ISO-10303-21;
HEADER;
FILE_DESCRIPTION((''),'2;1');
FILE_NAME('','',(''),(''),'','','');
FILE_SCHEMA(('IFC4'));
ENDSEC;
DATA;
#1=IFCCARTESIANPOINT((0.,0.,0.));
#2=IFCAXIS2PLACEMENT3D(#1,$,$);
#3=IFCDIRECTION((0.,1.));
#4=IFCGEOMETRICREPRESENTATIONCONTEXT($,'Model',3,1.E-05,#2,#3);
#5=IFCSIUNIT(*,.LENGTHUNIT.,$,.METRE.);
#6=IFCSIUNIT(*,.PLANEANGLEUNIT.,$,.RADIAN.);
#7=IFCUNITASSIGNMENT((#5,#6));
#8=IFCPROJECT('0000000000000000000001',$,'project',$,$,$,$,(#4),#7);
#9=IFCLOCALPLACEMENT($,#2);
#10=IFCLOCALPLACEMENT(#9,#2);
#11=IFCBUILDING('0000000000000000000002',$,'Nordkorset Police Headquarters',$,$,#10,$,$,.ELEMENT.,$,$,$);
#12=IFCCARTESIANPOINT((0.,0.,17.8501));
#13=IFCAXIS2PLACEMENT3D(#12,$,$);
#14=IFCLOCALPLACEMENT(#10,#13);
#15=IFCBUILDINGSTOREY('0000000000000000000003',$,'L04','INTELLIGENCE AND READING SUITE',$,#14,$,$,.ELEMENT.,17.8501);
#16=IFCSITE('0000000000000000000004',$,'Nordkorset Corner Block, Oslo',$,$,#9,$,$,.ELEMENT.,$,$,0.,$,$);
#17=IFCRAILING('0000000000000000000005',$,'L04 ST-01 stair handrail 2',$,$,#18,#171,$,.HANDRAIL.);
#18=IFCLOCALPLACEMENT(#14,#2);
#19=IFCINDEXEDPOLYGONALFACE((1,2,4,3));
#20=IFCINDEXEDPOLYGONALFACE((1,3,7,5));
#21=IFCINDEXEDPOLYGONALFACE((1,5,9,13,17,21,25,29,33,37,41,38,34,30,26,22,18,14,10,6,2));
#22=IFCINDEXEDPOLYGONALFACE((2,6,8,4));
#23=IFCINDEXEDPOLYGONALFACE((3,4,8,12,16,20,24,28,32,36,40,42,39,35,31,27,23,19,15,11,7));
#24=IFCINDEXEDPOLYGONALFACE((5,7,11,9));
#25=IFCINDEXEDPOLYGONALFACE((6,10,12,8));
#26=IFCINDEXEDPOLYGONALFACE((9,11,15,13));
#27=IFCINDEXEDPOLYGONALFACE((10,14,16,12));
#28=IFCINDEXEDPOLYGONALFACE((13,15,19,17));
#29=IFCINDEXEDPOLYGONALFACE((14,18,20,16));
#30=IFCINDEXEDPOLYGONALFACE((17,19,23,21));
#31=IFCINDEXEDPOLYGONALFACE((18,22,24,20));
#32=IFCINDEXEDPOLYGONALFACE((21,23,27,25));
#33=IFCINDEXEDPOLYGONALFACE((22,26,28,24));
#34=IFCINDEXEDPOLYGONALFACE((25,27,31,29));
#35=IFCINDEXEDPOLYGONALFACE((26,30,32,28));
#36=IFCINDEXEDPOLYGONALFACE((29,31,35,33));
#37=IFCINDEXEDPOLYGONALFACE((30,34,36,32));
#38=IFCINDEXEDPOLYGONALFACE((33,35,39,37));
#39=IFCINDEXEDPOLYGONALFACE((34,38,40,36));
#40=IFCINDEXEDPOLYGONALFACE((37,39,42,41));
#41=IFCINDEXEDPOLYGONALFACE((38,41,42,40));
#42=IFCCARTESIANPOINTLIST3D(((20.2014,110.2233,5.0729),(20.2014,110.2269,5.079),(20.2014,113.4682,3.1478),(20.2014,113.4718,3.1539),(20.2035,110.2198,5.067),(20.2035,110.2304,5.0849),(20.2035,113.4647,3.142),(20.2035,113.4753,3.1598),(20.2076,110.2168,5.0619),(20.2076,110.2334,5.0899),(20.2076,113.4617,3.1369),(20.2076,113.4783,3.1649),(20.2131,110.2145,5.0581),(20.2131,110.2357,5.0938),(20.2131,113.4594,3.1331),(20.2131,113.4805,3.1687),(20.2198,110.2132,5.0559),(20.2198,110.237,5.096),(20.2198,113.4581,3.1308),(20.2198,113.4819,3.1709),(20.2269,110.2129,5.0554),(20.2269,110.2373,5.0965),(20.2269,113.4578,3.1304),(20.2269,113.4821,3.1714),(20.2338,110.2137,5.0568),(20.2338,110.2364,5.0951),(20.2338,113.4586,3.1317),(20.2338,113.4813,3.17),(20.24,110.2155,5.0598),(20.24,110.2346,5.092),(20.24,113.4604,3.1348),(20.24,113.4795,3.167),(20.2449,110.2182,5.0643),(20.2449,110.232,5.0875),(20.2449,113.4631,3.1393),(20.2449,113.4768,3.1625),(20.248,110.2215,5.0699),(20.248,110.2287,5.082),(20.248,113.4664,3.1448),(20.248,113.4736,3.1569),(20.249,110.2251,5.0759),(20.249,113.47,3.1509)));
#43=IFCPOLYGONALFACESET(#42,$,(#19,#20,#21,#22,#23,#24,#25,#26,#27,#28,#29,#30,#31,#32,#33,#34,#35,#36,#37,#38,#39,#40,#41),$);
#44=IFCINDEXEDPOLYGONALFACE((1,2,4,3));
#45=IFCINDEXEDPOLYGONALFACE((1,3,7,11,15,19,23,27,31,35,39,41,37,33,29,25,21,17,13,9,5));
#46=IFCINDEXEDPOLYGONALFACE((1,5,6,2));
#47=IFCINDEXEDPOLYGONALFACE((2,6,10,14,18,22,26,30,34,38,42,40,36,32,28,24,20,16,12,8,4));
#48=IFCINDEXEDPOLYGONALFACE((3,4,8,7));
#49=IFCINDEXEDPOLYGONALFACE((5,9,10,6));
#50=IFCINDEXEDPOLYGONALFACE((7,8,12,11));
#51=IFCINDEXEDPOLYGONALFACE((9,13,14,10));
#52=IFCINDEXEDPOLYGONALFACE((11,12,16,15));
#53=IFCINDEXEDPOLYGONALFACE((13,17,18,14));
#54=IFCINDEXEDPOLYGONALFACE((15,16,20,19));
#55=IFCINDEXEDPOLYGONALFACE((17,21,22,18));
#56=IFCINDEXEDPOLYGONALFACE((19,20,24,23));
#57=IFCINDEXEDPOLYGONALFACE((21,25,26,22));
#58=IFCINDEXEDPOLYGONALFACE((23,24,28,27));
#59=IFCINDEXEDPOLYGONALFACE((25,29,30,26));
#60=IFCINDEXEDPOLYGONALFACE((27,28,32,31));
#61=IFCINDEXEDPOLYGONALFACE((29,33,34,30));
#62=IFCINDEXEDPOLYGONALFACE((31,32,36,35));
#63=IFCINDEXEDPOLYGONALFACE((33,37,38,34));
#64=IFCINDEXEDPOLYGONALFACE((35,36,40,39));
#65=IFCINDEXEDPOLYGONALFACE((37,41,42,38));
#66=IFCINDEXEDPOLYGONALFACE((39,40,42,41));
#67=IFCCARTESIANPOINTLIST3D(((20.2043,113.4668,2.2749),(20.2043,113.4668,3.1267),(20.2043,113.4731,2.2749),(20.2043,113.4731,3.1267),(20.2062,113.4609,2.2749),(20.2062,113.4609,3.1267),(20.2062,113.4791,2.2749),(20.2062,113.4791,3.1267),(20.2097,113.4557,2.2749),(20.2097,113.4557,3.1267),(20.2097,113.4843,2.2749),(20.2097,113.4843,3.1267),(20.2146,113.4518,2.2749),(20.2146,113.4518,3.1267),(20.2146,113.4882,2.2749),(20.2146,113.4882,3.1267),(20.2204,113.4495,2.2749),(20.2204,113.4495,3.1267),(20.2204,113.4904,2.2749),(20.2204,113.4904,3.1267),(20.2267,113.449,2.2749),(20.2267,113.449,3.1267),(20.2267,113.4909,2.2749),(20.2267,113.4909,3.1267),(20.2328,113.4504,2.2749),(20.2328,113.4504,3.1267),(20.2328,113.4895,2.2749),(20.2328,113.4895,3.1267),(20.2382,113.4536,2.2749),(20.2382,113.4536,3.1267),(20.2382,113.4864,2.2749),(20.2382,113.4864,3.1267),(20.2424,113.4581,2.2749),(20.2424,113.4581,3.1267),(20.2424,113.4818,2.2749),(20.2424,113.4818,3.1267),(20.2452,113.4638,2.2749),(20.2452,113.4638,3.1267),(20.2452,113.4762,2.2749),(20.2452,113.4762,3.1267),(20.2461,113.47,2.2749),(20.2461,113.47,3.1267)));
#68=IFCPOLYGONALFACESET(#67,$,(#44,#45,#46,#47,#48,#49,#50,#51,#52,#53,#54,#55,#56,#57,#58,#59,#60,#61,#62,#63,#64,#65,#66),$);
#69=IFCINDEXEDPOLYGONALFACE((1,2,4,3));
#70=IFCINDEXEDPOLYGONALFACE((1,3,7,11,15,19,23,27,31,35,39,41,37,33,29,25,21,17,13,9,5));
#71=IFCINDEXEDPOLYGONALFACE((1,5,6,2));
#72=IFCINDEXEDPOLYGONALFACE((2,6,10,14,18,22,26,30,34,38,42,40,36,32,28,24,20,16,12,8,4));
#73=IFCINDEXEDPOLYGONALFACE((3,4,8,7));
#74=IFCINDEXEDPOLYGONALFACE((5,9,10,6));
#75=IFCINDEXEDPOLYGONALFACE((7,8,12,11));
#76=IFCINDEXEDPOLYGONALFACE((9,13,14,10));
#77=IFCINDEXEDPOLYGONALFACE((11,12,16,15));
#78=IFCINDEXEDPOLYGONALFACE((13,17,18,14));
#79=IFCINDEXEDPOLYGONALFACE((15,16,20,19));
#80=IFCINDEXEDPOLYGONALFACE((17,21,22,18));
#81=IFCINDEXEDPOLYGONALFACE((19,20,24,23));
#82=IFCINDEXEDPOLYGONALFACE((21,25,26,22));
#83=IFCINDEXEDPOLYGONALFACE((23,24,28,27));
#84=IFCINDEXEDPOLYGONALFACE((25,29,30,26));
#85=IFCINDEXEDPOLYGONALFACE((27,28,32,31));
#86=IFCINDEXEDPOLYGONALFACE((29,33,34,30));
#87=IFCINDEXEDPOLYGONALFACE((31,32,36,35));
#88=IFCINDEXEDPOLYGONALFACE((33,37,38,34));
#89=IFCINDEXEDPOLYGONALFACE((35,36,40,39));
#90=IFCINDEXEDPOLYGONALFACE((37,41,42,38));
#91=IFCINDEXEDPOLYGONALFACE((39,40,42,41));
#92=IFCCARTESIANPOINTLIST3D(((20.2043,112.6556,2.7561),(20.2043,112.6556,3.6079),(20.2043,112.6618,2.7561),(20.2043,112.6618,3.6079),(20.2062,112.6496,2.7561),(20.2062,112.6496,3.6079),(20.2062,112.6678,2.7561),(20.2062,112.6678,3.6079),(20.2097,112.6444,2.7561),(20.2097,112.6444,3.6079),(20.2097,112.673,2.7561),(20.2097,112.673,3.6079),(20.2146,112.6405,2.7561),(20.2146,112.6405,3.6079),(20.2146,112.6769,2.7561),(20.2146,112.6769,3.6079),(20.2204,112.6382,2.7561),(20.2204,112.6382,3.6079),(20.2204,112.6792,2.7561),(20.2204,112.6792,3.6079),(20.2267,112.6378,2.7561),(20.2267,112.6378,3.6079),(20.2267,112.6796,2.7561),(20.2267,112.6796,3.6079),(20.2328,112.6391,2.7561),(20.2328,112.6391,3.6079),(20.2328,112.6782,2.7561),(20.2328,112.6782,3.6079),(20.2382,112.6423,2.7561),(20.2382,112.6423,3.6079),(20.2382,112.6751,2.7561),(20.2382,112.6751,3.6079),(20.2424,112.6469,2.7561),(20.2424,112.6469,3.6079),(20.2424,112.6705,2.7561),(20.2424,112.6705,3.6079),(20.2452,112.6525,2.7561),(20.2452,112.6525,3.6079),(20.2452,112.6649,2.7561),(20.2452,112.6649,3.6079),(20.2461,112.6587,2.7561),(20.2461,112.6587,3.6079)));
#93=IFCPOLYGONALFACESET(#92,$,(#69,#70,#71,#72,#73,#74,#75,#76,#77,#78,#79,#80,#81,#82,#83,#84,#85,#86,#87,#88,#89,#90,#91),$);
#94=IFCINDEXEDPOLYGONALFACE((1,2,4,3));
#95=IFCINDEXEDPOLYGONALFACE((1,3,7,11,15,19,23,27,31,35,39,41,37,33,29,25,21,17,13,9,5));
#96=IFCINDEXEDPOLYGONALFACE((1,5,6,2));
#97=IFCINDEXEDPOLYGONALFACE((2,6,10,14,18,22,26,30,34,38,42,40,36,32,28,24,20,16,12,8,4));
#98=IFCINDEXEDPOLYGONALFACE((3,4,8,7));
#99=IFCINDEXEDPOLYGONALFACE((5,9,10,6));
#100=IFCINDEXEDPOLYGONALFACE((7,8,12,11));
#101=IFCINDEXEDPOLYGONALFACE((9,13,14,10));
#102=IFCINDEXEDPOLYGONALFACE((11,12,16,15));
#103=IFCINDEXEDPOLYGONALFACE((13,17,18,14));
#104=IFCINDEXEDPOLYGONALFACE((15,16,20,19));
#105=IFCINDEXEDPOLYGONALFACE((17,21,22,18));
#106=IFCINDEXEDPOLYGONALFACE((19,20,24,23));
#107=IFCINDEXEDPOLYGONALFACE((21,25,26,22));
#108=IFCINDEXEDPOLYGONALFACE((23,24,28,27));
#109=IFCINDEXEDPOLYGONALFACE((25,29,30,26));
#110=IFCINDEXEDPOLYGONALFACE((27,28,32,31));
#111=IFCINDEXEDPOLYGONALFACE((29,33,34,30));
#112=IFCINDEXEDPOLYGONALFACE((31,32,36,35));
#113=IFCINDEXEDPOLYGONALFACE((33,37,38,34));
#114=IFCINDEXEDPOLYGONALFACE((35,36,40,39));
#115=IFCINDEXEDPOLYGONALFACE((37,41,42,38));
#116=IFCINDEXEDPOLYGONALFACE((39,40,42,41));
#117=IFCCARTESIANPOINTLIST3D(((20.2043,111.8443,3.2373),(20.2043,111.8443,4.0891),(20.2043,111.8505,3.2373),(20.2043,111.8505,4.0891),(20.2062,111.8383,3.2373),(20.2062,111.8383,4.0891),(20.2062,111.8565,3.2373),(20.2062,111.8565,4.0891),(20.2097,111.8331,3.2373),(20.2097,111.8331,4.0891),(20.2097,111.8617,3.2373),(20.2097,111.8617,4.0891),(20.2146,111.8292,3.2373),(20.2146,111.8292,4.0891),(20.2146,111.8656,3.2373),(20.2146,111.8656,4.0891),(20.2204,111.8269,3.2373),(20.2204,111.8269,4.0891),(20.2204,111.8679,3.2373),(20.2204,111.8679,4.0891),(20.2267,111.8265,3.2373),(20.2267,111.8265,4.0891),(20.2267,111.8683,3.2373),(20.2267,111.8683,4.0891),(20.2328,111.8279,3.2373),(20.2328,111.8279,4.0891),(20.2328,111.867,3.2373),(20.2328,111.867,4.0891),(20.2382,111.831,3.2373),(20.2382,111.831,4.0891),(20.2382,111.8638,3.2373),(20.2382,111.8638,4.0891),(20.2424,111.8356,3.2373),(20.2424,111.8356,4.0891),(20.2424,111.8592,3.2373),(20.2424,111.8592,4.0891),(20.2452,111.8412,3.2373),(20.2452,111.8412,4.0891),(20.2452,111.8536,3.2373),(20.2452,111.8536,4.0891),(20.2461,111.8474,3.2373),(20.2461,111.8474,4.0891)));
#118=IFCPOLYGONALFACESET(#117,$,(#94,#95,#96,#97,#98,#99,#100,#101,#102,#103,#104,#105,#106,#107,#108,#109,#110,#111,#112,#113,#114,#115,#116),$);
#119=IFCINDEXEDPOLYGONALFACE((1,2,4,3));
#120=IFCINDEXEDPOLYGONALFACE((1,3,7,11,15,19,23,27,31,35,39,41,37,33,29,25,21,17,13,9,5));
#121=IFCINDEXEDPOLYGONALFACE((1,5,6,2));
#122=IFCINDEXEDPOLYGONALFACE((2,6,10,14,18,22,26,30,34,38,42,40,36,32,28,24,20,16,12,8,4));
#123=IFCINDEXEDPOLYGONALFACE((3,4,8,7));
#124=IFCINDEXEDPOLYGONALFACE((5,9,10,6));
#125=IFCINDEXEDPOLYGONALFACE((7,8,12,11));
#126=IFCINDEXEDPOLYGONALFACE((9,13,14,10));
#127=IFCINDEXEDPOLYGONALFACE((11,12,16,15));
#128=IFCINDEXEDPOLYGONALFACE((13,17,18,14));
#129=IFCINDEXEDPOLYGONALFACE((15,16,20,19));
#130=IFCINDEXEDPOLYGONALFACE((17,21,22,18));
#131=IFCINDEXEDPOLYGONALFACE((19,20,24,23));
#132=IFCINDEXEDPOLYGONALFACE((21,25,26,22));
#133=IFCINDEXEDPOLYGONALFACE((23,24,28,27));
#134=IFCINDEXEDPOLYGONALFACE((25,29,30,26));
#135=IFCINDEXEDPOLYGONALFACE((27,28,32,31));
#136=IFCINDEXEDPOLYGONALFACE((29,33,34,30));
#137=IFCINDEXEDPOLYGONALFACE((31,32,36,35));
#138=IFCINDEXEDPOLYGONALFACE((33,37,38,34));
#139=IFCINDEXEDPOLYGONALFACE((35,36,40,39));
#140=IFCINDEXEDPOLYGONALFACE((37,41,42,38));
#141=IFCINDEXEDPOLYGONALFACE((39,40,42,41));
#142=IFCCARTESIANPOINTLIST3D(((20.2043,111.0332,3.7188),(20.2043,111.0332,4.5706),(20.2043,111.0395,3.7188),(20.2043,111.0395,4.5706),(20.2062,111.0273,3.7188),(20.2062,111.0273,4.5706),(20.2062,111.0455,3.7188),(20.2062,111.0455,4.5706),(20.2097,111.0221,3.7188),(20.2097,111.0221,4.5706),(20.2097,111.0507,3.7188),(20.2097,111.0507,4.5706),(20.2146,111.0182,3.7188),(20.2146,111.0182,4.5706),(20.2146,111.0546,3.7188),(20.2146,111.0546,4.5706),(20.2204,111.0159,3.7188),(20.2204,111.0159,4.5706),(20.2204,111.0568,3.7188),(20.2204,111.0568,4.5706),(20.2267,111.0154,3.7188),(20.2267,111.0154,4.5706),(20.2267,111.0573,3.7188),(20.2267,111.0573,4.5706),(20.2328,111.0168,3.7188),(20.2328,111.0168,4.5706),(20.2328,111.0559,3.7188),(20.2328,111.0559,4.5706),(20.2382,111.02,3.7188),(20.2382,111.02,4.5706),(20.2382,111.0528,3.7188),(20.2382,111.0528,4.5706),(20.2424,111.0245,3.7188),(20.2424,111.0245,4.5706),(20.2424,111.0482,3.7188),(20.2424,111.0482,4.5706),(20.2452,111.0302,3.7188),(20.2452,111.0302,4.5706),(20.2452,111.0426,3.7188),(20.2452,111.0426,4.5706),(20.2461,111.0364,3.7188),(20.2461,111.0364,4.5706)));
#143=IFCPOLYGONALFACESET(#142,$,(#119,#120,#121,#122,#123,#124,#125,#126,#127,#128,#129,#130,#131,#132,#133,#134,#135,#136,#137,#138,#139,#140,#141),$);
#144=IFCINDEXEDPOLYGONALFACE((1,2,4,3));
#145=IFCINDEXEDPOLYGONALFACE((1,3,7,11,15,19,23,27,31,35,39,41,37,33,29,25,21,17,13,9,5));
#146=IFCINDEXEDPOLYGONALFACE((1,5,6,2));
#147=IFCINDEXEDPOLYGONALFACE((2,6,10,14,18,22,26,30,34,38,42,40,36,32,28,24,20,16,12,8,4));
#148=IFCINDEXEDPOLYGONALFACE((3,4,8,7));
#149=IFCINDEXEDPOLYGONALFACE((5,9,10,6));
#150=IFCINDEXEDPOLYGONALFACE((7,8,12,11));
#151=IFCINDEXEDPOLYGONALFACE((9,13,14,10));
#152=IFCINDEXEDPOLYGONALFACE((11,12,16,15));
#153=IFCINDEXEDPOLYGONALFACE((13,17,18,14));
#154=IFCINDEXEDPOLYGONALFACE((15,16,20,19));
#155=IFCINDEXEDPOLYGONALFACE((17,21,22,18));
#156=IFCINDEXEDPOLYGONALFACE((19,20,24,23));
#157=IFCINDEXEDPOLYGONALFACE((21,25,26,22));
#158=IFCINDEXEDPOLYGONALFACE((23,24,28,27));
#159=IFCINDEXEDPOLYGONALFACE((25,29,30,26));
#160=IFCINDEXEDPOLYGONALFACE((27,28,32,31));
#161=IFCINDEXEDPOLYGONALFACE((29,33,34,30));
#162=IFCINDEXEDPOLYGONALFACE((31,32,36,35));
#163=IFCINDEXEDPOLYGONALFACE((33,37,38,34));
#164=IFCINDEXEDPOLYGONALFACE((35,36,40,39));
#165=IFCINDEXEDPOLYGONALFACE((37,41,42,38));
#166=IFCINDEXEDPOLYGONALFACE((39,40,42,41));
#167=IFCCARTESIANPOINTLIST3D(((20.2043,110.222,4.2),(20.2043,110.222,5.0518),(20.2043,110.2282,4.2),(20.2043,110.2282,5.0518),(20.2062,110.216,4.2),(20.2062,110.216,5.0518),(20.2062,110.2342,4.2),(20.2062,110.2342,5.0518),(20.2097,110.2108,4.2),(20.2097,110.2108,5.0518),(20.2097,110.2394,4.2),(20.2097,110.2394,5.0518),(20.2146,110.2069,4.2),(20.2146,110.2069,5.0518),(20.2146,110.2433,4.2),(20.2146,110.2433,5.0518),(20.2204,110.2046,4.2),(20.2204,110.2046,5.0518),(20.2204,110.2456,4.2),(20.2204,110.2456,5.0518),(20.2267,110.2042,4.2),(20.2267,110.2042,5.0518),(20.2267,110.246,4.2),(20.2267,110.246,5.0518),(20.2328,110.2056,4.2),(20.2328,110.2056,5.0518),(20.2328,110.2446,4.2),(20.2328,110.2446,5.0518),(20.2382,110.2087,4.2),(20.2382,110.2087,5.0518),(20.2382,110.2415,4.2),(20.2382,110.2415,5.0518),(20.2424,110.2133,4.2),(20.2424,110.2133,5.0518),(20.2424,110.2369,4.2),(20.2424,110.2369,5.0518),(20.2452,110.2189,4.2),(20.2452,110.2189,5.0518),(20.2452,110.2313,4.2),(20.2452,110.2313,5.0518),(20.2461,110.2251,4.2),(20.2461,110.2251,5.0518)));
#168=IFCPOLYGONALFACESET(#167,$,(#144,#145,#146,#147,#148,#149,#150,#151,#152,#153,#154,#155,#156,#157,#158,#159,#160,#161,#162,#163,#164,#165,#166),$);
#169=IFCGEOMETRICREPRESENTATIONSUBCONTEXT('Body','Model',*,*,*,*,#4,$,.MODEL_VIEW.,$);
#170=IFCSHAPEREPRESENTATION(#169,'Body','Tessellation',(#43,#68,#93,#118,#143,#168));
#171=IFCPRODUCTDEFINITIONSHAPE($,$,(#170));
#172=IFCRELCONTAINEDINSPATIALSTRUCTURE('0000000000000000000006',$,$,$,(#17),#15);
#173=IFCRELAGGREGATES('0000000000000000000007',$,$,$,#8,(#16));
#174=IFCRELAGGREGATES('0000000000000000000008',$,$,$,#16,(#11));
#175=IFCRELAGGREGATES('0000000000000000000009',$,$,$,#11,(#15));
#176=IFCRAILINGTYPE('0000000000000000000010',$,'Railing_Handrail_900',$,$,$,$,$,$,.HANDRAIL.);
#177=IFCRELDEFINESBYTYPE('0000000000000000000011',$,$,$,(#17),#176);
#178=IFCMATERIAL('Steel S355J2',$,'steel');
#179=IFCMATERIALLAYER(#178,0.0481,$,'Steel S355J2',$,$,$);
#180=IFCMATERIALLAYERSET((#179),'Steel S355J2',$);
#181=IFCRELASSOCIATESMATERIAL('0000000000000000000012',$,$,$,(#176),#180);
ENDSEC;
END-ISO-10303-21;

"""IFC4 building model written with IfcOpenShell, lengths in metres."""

from ifc_helpers import new_model, si_unit, direction, frame, origin, origin_2d, place, context, subcontext, project, spatial, circle, extrude, material, layer, layer_set, type_object, element, save


model = new_model("IFC4")

# Units and contexts
model_context = context("Model", 3, precision=1e-05, world=origin(), true_north=direction((0.0, 1.0)))
body_context = subcontext(model_context, "Body", "Model", "MODEL_VIEW")
ifc_project = project(units=[si_unit("LENGTHUNIT", "METRE"), si_unit("PLANEANGLEUNIT", "RADIAN")], contexts=[model_context])

# Site, building, storey
site_placement = place(None, origin())
site = spatial("IfcSite", under=ifc_project, at=site_placement, Name="Nordkorset Corner Block, Oslo", CompositionType="ELEMENT", RefElevation=0.0)
building_placement = place(site_placement, origin())
building = spatial("IfcBuilding", under=site, at=building_placement, Name="Nordkorset Police Headquarters", CompositionType="ELEMENT")
storey_placement = place(building_placement, frame((0.0, 0.0, 17.8501)))
storey = spatial("IfcBuildingStorey", under=building, at=storey_placement, Name="L04", Description="INTELLIGENCE AND READING SUITE", CompositionType="ELEMENT", Elevation=17.8501)

# Railing
ifc_material_1 = material(Name="Steel S355J2", Category="steel")
ifc_layer_1 = layer(ifc_material_1, 0.0481, Name="Steel S355J2")
ifc_layer_set_1 = layer_set([ifc_layer_1], Name="Steel S355J2")
railing_type = type_object("IfcRailingType", Name="Railing_Handrail_900", PredefinedType="HANDRAIL", material=ifc_layer_set_1)
railing_placement = place(storey_placement, frame((20.2251, 113.47, 2.2749)))
element("IfcRailing", 1, at=railing_placement, inside=storey, type_object=railing_type, Name="L04 ST-01 stair handrail 2", PredefinedType="HANDRAIL", context=body_context, shape_type="SweptSolid", body=[
    extrude(circle(Radius=0.0239, at=origin_2d()), frame((0.0, 0.0, 0.876), z_axis=(0.0, -0.86004, 0.510226), x_axis=(1.0, 0.0, 0.0)), (0.0, 0.0, 1.0), 3.7729),
    extrude(circle(Radius=0.021, at=origin_2d()), origin(), (0.0, 0.0, 1.0), 0.8518),
    extrude(circle(Radius=0.021, at=origin_2d()), frame((0.0, -0.8113, 0.4812)), (0.0, 0.0, 1.0), 0.8518),
    extrude(circle(Radius=0.021, at=origin_2d()), frame((0.0, -1.6226, 0.9624)), (0.0, 0.0, 1.0), 0.8518),
    extrude(circle(Radius=0.021, at=origin_2d()), frame((0.0, -2.4336, 1.4438)), (0.0, 0.0, 1.0), 0.8518),
    extrude(circle(Radius=0.021, at=origin_2d()), frame((0.0, -3.2449, 1.925)), (0.0, 0.0, 1.0), 0.8518),
])

save(model, "model.ifc")
